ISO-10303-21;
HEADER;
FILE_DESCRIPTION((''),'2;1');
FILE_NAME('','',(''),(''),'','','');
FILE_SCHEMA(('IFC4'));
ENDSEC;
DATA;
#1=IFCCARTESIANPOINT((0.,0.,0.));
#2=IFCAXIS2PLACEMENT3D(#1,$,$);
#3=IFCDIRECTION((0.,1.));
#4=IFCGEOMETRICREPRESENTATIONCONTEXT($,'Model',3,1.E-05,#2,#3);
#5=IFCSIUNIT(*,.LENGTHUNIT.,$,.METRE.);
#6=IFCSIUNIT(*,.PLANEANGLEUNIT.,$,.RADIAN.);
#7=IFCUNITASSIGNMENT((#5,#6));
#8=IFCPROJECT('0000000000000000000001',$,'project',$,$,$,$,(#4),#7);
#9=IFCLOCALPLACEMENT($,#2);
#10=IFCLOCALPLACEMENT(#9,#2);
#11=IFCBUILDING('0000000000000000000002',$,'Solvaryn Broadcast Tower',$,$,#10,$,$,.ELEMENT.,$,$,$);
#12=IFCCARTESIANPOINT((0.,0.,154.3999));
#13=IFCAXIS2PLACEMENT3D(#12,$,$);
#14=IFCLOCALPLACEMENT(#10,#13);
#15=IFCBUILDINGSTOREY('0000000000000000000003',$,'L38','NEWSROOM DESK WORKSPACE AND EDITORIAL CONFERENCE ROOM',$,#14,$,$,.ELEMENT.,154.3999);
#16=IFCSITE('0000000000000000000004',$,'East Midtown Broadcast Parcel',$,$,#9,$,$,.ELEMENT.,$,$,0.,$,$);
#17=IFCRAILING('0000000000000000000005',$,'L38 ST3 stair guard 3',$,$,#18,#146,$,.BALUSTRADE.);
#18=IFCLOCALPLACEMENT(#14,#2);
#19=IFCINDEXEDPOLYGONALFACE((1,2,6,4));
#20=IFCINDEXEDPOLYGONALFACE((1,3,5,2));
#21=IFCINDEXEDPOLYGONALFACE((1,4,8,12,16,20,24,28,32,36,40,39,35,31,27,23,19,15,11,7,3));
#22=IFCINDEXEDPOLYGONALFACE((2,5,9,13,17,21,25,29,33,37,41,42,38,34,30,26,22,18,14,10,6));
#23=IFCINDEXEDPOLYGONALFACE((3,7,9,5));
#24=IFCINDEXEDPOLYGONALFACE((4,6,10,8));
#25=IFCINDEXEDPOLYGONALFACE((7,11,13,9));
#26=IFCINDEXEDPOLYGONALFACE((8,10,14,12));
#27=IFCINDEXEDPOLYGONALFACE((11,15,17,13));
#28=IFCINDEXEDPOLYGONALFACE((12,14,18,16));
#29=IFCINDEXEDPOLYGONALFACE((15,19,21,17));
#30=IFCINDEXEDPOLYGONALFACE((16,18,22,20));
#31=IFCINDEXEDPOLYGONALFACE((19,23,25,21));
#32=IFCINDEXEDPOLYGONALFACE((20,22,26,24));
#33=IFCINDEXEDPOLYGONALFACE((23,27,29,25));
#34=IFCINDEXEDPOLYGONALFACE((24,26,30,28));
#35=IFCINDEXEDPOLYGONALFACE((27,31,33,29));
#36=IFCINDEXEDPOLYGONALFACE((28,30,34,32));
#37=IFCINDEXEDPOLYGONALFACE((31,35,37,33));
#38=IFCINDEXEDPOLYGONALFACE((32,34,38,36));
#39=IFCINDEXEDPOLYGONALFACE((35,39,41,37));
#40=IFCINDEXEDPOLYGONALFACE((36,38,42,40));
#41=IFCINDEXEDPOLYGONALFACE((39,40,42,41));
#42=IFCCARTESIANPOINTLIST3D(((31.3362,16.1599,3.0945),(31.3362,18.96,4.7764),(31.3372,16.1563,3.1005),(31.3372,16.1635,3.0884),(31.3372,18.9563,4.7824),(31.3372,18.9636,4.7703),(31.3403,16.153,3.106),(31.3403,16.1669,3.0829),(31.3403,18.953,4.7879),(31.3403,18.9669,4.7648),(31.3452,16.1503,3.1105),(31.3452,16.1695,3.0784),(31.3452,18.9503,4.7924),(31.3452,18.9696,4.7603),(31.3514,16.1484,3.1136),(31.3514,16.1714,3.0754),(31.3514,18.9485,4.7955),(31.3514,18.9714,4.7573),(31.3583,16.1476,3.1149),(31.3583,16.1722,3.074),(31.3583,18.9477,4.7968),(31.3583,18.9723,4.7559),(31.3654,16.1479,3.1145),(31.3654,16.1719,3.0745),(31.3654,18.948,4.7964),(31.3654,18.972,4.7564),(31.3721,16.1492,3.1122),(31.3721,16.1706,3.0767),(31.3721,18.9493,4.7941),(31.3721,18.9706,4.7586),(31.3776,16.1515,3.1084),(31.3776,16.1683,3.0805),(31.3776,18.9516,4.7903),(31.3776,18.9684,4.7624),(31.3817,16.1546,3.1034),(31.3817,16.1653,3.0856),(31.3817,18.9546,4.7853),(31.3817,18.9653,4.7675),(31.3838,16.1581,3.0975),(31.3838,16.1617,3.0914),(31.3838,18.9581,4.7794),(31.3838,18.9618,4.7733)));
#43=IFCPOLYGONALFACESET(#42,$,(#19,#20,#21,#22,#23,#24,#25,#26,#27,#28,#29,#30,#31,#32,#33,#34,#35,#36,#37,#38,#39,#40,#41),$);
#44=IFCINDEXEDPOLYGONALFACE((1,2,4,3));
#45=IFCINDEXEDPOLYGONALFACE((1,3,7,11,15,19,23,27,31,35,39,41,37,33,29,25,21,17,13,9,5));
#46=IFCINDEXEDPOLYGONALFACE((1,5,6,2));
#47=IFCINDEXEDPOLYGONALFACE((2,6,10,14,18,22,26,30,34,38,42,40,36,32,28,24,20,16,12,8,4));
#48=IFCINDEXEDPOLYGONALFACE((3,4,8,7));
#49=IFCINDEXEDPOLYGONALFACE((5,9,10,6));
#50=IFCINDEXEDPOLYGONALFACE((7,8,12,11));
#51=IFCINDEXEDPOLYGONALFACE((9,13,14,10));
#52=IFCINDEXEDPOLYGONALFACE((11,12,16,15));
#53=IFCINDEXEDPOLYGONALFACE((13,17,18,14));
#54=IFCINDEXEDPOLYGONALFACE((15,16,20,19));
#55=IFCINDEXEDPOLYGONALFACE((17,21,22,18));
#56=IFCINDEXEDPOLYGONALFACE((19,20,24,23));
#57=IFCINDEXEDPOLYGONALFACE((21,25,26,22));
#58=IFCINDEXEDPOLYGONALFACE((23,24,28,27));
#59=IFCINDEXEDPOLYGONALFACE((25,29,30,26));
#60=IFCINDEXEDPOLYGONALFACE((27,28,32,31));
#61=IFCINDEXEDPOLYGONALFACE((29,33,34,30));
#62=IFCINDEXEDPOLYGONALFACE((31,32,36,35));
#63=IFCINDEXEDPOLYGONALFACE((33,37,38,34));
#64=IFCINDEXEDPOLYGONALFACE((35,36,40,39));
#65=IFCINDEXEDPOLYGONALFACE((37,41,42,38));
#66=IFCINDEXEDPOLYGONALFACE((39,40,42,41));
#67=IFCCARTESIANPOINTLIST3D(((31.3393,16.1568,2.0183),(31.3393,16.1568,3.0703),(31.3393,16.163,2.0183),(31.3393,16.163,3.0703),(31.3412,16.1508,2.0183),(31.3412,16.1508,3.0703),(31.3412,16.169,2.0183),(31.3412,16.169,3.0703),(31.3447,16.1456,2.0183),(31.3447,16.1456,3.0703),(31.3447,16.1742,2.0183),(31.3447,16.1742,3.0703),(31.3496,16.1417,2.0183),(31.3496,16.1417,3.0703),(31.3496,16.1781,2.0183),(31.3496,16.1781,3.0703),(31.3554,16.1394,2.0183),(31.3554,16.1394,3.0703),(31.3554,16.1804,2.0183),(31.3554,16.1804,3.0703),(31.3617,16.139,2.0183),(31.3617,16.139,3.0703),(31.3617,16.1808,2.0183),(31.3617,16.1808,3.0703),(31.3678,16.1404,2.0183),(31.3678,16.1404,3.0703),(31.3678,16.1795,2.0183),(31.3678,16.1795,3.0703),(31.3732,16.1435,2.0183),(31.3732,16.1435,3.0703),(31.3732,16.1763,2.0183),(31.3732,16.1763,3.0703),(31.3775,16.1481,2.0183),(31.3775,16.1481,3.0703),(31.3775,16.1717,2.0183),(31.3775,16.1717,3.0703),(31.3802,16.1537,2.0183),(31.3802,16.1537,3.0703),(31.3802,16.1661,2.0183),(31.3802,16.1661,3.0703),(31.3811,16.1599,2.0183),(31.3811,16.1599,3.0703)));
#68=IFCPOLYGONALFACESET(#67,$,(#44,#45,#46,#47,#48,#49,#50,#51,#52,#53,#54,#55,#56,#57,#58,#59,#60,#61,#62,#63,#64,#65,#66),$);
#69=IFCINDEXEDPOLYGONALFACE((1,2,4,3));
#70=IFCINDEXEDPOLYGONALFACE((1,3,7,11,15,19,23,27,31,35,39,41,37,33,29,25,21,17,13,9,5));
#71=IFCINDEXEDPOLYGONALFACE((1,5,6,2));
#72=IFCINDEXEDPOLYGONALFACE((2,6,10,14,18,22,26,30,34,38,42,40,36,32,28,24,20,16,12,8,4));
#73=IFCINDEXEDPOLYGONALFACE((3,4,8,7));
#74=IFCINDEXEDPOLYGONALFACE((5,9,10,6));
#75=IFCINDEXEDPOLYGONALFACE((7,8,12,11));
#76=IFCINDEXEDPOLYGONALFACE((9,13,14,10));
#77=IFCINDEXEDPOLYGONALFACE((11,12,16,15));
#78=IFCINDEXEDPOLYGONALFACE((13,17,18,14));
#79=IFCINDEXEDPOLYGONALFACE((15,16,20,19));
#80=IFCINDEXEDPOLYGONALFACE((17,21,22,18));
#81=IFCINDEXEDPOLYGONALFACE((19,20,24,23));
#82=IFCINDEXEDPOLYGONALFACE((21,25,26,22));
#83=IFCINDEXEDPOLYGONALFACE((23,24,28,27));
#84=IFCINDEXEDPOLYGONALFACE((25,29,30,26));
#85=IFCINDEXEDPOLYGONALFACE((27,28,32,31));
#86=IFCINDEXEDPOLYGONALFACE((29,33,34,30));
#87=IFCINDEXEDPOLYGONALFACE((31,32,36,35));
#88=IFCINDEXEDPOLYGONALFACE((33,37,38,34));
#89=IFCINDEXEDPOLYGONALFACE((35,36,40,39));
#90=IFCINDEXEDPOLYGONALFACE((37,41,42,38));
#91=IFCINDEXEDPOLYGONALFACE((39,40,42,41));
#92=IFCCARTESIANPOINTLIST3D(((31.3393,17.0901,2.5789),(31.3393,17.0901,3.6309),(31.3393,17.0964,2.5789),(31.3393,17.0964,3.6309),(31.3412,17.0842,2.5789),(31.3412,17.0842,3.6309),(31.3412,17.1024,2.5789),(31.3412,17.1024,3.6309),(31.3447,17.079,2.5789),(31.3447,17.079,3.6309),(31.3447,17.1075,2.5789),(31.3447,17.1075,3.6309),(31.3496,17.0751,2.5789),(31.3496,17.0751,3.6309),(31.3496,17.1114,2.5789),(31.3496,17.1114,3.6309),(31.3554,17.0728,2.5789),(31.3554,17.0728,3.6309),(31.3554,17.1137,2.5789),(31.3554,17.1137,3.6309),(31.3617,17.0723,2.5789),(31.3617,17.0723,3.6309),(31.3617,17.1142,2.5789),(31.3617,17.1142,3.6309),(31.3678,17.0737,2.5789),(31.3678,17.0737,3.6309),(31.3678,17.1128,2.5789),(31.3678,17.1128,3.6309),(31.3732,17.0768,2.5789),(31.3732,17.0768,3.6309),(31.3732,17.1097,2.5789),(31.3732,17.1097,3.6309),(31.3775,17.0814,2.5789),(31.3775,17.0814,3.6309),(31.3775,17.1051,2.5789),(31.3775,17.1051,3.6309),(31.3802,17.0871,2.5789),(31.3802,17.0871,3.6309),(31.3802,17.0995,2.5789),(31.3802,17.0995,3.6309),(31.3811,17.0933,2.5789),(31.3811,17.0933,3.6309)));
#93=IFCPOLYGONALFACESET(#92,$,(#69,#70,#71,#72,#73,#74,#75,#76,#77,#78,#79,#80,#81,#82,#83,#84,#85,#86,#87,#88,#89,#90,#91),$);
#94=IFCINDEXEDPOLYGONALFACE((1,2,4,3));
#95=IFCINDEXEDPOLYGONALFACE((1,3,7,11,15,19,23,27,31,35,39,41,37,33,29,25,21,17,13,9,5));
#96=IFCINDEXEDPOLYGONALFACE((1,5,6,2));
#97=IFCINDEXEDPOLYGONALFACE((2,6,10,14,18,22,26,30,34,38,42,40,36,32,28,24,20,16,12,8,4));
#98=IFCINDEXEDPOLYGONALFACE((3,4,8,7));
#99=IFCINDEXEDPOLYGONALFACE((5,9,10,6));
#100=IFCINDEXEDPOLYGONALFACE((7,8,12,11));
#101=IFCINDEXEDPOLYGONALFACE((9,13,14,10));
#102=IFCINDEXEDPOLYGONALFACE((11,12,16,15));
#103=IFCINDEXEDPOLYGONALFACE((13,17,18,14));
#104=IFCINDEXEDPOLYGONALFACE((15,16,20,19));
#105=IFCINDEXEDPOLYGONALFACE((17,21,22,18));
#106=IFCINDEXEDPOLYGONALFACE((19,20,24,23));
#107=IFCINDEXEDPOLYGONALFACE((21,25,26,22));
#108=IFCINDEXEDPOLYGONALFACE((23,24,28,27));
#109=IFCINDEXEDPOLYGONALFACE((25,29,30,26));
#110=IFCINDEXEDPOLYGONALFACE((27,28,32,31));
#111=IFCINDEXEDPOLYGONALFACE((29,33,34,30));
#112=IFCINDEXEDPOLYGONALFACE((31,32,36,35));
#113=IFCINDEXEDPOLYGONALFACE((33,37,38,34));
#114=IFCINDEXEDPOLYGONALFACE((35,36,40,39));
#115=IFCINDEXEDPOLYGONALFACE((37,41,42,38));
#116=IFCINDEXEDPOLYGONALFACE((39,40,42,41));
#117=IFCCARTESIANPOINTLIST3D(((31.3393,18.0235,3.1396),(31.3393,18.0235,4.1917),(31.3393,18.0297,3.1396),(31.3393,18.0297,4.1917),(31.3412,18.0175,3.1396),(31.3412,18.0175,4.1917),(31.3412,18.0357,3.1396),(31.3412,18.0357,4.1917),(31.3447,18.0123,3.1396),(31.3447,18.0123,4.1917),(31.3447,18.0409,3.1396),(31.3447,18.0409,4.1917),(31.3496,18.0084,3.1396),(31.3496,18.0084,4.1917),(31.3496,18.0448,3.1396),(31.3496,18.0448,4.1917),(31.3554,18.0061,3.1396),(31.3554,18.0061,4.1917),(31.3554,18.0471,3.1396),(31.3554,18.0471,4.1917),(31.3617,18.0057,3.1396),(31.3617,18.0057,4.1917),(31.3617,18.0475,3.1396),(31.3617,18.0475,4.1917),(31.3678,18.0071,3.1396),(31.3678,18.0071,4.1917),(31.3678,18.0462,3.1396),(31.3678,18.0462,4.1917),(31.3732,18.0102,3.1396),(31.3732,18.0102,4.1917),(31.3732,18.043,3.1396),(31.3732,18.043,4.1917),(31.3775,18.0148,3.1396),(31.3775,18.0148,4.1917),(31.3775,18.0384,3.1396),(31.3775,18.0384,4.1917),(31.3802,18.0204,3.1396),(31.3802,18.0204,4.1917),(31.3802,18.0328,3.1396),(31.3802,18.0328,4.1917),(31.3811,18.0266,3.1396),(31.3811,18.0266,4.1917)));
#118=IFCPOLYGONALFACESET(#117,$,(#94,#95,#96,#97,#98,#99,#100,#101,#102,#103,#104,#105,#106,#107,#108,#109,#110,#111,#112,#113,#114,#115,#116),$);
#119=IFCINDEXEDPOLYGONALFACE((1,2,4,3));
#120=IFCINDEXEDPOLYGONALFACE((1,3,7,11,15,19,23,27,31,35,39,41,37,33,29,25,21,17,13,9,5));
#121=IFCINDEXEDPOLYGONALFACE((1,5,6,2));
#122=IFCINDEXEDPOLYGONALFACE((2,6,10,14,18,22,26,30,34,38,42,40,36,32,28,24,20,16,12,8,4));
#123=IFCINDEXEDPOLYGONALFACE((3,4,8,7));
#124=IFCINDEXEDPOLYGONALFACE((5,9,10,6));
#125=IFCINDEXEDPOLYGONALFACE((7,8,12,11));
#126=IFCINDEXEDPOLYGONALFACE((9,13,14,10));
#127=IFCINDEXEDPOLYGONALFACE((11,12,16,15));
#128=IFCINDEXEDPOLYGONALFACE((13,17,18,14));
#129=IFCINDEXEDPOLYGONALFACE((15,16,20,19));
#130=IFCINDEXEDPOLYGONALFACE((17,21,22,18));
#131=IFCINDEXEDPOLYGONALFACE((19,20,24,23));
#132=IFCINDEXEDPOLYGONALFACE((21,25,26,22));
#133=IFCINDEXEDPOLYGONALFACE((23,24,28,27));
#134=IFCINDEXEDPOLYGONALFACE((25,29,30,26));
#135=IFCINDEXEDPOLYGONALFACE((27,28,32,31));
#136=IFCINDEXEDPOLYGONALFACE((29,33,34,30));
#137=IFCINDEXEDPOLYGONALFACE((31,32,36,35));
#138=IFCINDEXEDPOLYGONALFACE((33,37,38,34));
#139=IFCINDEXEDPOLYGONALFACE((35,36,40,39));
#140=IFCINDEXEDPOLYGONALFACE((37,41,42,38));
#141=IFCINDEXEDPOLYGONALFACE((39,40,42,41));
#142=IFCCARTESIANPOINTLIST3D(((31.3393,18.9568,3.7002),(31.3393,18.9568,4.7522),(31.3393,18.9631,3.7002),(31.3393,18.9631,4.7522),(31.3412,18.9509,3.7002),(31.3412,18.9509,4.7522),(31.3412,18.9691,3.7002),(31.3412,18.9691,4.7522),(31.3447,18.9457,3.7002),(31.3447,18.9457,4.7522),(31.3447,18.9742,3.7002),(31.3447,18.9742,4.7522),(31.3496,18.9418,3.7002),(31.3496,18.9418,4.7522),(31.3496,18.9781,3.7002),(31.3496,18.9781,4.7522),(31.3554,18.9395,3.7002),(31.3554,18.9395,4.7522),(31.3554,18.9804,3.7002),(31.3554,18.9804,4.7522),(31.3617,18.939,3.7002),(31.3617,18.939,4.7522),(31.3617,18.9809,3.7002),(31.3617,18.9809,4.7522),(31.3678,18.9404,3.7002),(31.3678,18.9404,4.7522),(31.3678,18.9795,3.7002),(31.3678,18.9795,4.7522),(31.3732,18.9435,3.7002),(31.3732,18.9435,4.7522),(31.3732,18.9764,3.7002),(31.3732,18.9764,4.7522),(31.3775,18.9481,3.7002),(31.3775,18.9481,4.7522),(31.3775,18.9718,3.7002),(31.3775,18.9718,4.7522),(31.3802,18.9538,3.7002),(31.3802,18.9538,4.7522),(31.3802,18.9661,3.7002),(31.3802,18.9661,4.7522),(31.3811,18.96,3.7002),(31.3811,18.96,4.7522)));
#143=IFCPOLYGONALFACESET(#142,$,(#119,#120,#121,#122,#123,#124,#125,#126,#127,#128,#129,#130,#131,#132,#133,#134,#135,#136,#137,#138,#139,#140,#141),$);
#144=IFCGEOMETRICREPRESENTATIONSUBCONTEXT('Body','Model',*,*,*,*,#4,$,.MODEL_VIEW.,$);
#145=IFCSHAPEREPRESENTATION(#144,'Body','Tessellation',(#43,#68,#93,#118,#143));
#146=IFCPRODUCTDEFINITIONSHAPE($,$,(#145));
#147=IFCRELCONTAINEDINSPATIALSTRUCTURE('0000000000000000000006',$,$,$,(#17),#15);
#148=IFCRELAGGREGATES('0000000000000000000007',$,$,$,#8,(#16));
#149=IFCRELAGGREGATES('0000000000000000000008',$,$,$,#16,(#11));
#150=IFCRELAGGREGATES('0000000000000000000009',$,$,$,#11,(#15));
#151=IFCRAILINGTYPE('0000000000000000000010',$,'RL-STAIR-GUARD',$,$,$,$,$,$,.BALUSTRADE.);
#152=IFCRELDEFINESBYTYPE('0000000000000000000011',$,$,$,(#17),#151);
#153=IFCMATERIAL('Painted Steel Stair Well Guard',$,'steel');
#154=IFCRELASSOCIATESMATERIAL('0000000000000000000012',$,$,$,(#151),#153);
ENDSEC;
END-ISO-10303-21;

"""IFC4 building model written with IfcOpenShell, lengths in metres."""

from ifc_helpers import new_model, si_unit, direction, frame, origin, origin_2d, place, context, subcontext, project, spatial, circle, extrude, material, type_object, element, save


model = new_model("IFC4")

# Units and contexts
model_context = context("Model", 3, precision=1e-05, world=origin(), true_north=direction((0.0, 1.0)))
body_context = subcontext(model_context, "Body", "Model", "MODEL_VIEW")
ifc_project = project(units=[si_unit("LENGTHUNIT", "METRE"), si_unit("PLANEANGLEUNIT", "RADIAN")], contexts=[model_context])

# Site, building, storey
site_placement = place(None, origin())
site = spatial("IfcSite", under=ifc_project, at=site_placement, Name="East Midtown Broadcast Parcel", CompositionType="ELEMENT", RefElevation=0.0)
building_placement = place(site_placement, origin())
building = spatial("IfcBuilding", under=site, at=building_placement, Name="Solvaryn Broadcast Tower", CompositionType="ELEMENT")
storey_placement = place(building_placement, frame((0.0, 0.0, 154.3999)))
storey = spatial("IfcBuildingStorey", under=building, at=storey_placement, Name="L38", Description="NEWSROOM DESK WORKSPACE AND EDITORIAL CONFERENCE ROOM", CompositionType="ELEMENT", Elevation=154.3999)

# Railing
ifc_material_1 = material(Name="Painted Steel Stair Well Guard", Category="steel")
railing_type_1 = type_object("IfcRailingType", Name="RL-STAIR-GUARD", PredefinedType="BALUSTRADE", material=ifc_material_1)
railing_1_placement = place(storey_placement, frame((31.3601, 16.1599, 2.0183)))
element("IfcRailing", 1, at=railing_1_placement, inside=storey, type_object=railing_type_1, Name="L38 ST3 stair guard 3", PredefinedType="BALUSTRADE", context=body_context, shape_type="SweptSolid", body=[
    extrude(circle(Radius=0.0239, at=origin_2d()), frame((0.0, 0.0, 1.0762), z_axis=(0.0, 0.857242, 0.514913), x_axis=(-1.0, 0.0, 0.0)), (0.0, 0.0, 1.0), 3.2664),
    extrude(circle(Radius=0.021, at=origin_2d()), origin(), (0.0, 0.0, 1.0), 1.052),
    extrude(circle(Radius=0.021, at=origin_2d()), frame((0.0, 0.9333, 0.5605)), (0.0, 0.0, 1.0), 1.052),
    extrude(circle(Radius=0.021, at=origin_2d()), frame((0.0, 1.8667, 1.1213)), (0.0, 0.0, 1.0), 1.052),
    extrude(circle(Radius=0.021, at=origin_2d()), frame((0.0, 2.8, 1.6819)), (0.0, 0.0, 1.0), 1.052),
])

save(model, "model.ifc")
